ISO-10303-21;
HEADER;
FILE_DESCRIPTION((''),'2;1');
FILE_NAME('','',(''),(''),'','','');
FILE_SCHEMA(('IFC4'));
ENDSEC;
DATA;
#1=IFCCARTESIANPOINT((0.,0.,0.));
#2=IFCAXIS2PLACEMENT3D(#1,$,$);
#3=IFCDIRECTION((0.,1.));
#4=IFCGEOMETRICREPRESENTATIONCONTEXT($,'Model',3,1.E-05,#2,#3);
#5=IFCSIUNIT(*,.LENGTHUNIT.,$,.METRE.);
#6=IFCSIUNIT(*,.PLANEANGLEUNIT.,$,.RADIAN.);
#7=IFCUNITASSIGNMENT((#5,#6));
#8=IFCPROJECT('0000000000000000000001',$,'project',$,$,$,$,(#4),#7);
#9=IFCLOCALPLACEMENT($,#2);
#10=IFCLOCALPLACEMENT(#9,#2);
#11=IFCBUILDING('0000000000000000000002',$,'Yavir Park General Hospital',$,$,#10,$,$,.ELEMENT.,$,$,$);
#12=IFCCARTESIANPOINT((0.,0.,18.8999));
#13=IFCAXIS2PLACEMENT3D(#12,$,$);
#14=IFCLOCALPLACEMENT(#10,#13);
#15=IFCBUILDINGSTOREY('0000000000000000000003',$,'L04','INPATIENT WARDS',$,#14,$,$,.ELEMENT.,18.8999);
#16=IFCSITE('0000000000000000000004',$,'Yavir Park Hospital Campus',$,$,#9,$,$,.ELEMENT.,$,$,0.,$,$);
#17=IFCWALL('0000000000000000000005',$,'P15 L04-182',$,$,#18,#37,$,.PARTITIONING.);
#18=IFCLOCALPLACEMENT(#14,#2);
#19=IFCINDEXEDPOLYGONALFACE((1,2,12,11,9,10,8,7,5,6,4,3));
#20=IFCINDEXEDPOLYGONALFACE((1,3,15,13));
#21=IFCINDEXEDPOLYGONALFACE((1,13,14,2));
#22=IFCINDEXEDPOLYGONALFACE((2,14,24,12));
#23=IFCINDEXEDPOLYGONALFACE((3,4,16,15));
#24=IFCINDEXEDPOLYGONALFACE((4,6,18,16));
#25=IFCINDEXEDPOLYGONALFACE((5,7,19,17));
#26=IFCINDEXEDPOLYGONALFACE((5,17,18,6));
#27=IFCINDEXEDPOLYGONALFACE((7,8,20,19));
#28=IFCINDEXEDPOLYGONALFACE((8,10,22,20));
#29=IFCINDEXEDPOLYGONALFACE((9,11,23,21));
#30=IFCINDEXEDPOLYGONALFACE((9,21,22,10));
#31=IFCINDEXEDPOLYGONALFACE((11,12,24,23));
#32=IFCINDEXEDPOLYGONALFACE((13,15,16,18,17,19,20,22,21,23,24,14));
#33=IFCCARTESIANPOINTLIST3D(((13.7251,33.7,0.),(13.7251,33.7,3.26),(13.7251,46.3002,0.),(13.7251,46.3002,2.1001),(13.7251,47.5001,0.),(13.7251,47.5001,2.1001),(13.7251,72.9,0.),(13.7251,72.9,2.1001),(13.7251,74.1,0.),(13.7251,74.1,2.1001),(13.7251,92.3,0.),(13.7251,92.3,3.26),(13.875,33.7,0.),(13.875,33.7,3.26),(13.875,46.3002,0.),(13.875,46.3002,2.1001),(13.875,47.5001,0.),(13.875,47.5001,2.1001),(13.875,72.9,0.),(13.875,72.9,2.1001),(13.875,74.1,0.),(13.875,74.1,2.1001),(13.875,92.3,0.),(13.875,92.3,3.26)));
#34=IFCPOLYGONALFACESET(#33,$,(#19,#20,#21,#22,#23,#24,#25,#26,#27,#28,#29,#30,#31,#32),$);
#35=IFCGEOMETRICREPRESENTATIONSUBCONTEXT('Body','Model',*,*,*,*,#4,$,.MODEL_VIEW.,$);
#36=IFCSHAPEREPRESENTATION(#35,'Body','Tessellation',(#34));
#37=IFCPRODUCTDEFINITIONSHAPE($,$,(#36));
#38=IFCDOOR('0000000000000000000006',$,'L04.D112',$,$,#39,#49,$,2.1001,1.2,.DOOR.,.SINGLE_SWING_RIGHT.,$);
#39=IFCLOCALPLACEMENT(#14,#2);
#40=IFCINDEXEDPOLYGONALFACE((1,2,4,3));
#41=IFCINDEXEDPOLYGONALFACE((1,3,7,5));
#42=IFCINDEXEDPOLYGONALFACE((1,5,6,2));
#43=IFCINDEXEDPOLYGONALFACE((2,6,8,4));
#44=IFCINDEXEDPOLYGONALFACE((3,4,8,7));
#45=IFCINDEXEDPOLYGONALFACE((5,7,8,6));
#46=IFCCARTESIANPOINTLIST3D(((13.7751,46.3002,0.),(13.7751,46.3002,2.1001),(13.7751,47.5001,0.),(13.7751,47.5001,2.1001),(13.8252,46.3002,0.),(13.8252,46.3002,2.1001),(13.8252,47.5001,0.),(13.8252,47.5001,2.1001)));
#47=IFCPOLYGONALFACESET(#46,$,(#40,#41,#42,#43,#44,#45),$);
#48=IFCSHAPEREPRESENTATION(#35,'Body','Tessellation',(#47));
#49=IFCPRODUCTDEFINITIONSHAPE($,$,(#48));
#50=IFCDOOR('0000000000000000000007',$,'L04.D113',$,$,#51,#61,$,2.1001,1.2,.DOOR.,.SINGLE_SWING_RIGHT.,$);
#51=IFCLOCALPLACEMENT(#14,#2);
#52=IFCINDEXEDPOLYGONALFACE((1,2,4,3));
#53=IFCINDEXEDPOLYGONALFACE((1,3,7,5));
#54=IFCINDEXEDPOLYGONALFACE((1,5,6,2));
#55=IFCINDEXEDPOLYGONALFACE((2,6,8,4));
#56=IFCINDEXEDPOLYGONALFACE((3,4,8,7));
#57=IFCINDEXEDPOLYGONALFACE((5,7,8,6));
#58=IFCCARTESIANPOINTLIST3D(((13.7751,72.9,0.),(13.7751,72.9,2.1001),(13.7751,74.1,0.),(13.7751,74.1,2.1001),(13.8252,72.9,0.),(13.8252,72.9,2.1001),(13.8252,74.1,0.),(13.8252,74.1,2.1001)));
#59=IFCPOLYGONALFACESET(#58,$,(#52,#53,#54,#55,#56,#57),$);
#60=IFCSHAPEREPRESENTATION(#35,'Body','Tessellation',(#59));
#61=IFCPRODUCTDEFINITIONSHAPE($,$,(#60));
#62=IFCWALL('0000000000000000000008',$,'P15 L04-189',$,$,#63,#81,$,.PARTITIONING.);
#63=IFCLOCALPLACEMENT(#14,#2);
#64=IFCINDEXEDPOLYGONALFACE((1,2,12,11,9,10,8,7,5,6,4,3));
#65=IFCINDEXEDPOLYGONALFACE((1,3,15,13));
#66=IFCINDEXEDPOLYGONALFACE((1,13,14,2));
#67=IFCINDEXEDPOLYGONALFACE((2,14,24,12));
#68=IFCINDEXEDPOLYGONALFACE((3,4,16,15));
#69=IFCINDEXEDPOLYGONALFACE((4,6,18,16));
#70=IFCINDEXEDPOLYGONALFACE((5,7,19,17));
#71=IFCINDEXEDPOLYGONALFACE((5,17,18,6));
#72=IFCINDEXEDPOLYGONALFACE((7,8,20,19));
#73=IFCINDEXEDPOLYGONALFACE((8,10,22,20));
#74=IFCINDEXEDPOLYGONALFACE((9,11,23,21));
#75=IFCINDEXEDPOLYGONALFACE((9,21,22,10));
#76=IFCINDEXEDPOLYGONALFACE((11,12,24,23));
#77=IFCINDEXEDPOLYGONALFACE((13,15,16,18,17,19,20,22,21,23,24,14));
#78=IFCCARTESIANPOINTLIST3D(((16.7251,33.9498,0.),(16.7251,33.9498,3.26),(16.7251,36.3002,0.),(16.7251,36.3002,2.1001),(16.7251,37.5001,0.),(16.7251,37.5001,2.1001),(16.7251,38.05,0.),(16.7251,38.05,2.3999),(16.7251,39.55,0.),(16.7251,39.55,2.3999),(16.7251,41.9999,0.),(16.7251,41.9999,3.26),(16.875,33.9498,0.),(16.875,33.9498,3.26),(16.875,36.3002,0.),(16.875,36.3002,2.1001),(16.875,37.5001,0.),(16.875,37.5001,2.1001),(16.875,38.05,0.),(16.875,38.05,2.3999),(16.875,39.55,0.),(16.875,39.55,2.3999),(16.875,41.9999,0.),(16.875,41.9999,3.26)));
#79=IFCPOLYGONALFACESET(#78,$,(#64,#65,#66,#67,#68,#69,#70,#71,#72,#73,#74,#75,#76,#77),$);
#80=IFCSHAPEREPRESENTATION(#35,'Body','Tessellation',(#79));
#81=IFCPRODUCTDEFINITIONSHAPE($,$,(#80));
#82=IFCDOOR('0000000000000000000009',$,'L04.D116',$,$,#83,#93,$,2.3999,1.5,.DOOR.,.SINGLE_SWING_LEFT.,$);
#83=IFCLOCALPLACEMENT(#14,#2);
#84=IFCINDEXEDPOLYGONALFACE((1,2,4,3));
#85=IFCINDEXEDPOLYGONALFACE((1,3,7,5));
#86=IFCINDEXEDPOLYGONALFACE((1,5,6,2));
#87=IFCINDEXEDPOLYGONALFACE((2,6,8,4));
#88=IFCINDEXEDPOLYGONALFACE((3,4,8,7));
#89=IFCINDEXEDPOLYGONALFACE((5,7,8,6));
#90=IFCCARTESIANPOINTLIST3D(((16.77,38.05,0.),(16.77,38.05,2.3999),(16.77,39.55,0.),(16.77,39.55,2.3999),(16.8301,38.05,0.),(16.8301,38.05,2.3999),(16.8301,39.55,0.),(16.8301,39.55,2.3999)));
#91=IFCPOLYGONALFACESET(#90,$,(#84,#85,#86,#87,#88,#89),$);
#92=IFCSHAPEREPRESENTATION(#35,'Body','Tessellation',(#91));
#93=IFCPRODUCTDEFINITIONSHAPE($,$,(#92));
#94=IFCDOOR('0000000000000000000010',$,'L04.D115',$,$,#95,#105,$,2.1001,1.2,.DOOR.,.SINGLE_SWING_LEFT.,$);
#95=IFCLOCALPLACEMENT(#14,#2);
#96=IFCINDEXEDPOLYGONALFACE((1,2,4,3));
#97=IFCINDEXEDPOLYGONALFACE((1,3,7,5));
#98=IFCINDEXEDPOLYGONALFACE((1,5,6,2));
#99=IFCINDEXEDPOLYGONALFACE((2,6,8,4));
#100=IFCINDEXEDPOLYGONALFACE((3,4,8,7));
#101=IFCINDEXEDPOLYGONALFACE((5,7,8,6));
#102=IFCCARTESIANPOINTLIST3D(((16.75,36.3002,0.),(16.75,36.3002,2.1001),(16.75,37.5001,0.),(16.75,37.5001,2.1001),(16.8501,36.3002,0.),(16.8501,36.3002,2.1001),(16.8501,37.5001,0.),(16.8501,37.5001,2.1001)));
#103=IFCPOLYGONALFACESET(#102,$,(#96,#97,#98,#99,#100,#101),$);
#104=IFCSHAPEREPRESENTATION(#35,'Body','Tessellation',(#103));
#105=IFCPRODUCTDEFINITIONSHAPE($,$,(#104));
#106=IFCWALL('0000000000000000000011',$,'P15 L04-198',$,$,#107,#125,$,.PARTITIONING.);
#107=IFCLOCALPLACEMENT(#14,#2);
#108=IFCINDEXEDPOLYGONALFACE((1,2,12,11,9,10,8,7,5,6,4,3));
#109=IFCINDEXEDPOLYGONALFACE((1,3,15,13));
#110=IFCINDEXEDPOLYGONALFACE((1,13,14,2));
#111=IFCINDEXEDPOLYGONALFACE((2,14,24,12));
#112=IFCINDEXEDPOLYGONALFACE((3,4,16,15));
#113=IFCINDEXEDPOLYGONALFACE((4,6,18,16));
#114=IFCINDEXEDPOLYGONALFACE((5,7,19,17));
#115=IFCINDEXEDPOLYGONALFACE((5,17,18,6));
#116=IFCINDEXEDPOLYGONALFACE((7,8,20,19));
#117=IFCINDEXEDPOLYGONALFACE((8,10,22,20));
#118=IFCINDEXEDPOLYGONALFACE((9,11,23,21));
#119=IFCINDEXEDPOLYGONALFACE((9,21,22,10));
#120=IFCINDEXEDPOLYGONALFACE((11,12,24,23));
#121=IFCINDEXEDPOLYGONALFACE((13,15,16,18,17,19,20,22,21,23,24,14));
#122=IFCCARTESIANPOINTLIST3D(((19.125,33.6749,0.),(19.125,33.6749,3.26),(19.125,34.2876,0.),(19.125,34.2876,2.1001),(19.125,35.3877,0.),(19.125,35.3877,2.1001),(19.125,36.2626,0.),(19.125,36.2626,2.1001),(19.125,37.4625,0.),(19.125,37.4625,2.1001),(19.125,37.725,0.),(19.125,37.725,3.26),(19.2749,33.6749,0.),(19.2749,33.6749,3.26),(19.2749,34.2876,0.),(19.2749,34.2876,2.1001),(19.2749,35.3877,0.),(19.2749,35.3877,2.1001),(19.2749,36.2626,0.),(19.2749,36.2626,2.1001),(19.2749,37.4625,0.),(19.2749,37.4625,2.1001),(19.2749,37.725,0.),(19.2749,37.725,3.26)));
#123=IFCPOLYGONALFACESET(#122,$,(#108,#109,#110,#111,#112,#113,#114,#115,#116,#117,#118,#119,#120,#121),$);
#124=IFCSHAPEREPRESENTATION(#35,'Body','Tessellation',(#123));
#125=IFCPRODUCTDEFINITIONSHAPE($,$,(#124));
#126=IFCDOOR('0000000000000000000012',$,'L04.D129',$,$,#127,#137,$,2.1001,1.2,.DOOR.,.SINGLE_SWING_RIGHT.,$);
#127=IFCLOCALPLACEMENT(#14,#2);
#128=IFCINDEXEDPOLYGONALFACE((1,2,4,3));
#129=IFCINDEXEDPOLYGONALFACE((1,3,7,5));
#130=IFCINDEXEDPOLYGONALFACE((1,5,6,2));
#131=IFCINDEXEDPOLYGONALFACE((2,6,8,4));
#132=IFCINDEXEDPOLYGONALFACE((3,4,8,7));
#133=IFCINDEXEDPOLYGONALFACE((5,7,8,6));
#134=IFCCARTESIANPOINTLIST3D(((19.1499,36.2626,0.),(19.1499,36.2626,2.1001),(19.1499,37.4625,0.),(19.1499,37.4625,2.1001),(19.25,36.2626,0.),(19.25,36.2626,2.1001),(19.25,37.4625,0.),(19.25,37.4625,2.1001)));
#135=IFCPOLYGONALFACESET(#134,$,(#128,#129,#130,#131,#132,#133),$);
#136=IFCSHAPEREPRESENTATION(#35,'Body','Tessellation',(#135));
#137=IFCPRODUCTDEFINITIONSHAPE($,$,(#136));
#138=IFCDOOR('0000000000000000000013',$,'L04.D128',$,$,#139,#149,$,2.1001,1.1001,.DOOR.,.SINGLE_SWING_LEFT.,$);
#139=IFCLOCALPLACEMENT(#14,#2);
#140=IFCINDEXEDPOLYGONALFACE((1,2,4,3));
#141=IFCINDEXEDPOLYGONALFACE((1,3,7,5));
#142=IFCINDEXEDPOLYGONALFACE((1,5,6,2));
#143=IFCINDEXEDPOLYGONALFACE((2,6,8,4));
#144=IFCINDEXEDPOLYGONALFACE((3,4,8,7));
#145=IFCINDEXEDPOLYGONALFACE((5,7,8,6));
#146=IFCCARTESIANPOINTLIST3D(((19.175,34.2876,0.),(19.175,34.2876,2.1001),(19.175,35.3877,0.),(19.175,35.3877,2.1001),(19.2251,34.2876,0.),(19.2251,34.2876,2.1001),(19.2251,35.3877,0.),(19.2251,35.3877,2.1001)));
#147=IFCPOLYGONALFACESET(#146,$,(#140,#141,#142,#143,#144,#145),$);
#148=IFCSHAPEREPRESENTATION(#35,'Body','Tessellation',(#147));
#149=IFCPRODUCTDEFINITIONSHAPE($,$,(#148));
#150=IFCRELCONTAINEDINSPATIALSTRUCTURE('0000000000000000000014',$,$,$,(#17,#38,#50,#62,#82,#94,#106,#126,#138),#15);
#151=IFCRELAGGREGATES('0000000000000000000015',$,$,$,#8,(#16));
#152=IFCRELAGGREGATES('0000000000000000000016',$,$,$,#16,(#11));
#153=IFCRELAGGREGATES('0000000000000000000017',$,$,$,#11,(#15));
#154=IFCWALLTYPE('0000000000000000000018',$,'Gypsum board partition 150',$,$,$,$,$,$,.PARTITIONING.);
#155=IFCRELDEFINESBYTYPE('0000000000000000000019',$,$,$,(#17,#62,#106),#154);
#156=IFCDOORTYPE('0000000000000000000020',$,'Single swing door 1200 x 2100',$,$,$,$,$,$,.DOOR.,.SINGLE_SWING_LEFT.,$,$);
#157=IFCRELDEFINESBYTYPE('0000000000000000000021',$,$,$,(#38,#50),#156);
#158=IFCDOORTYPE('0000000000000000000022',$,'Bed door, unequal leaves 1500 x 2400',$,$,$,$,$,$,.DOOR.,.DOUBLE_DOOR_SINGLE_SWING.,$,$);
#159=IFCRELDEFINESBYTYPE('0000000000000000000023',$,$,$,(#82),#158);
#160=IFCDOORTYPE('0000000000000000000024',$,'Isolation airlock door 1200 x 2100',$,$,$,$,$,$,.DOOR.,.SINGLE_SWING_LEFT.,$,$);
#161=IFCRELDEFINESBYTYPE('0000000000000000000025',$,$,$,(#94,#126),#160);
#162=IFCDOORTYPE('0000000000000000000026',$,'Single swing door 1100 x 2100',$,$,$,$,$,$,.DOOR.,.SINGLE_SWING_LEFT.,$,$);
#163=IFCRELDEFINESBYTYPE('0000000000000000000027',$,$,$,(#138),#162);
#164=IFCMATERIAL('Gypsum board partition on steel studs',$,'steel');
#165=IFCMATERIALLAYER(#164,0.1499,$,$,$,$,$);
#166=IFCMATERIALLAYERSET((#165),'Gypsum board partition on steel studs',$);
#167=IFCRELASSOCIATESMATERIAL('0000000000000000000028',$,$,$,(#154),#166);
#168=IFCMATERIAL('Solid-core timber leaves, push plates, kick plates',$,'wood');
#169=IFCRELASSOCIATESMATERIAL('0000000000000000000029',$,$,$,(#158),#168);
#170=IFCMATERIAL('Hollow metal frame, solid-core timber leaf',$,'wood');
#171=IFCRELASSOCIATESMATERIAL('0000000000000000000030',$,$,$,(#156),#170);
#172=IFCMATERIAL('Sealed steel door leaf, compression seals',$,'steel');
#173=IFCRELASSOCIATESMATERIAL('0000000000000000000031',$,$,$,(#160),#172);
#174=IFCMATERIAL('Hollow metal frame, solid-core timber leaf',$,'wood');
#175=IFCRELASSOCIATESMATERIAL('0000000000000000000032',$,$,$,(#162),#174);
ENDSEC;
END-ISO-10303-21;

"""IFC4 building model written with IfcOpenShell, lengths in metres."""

from ifc_helpers import new_model, si_unit, direction, frame, frame_2d, origin, place, context, subcontext, project, spatial, rectangle, extrude, material, layer, layer_set, type_object, element, fill, save


model = new_model("IFC4")

# Units and contexts
model_context = context("Model", 3, precision=1e-05, world=origin(), true_north=direction((0.0, 1.0)))
body_context = subcontext(model_context, "Body", "Model", "MODEL_VIEW")
ifc_project = project(units=[si_unit("LENGTHUNIT", "METRE"), si_unit("PLANEANGLEUNIT", "RADIAN")], contexts=[model_context])

# Site, building, storey
site_placement = place(None, origin())
site = spatial("IfcSite", under=ifc_project, at=site_placement, Name="Yavir Park Hospital Campus", CompositionType="ELEMENT", RefElevation=0.0)
building_placement = place(site_placement, origin())
building = spatial("IfcBuilding", under=site, at=building_placement, Name="Yavir Park General Hospital", CompositionType="ELEMENT")
storey_placement = place(building_placement, frame((0.0, 0.0, 18.8999)))
storey = spatial("IfcBuildingStorey", under=building, at=storey_placement, Name="L04", Description="INPATIENT WARDS", CompositionType="ELEMENT", Elevation=18.8999)

# Shared definitions
ifc_material_1 = material(Name="Gypsum board partition on steel studs", Category="steel")
ifc_layer_1 = layer(ifc_material_1, 0.1499)
ifc_layer_set_1 = layer_set([ifc_layer_1], Name="Gypsum board partition on steel studs")
wall_type_1 = type_object("IfcWallType", Name="Gypsum board partition 150", PredefinedType="PARTITIONING", material=ifc_layer_set_1)

# Walls, openings, doors
ifc_material_2 = material(Name="Solid-core timber leaves, push plates, kick plates", Category="wood")
door_type_1 = type_object("IfcDoorType", Name="Bed door, unequal leaves 1500 x 2400", OperationType="DOUBLE_DOOR_SINGLE_SWING", PredefinedType="DOOR", material=ifc_material_2)
wall_1_placement = place(storey_placement, frame((13.8, 33.7, 0.0), z_axis=(0.0, 0.0, 1.0), x_axis=(0.0, 1.0, 0.0)))
wall_1 = element("IfcWall", 1, at=wall_1_placement, inside=storey, type_object=wall_type_1, Name="P15 L04-182", PredefinedType="PARTITIONING", context=body_context, shape_type="SweptSolid", body=[
    extrude(rectangle(XDim=58.6001, YDim=0.1499, at=frame_2d((29.3, 0.0))), origin(), (0.0, 0.0, 1.0), 3.26),
])
opening_1_placement = place(wall_1_placement, frame((12.6001, 0.0, 0.0)))
opening_1 = element("IfcOpeningElement", 2, at=opening_1_placement, cuts=wall_1, PredefinedType="OPENING", context=body_context, shape_type="SweptSolid", body=[
    extrude(rectangle(XDim=1.2, YDim=2.1001, at=frame_2d((0.6001, 1.05))), frame((0.0, 0.085, 0.0), z_axis=(0.0, -1.0, 0.0), x_axis=(1.0, 0.0, 0.0)), (0.0, 0.0, 1.0), 0.1699),
])
opening_2_placement = place(wall_1_placement, frame((39.2, 0.0, 0.0)))
opening_2 = element("IfcOpeningElement", 3, at=opening_2_placement, cuts=wall_1, PredefinedType="OPENING", context=body_context, shape_type="SweptSolid", body=[
    extrude(rectangle(XDim=1.2, YDim=2.1001, at=frame_2d((0.6001, 1.05))), frame((0.0, 0.085, 0.0), z_axis=(0.0, -1.0, 0.0), x_axis=(1.0, 0.0, 0.0)), (0.0, 0.0, 1.0), 0.1699),
])
ifc_material_3 = material(Name="Hollow metal frame, solid-core timber leaf", Category="wood")
door_type_2 = type_object("IfcDoorType", Name="Single swing door 1200 x 2100", OperationType="SINGLE_SWING_LEFT", PredefinedType="DOOR", material=ifc_material_3)
door_1_placement = place(opening_1_placement, origin())
door_1 = element("IfcDoor", 4, at=door_1_placement, inside=storey, type_object=door_type_2, Name="L04.D112", OperationType="SINGLE_SWING_RIGHT", OverallHeight=2.1001, OverallWidth=1.2, PredefinedType="DOOR", context=body_context, shape_type="SweptSolid", body=[
    extrude(rectangle(XDim=1.2, YDim=2.1001, at=frame_2d((0.6001, 1.05))), frame((0.0, 0.0249, 0.0), z_axis=(0.0, -1.0, 0.0), x_axis=(1.0, 0.0, 0.0)), (0.0, 0.0, 1.0), 0.05),
])
fill(opening_1, door_1)
door_2_placement = place(opening_2_placement, origin())
door_2 = element("IfcDoor", 5, at=door_2_placement, inside=storey, type_object=door_type_2, Name="L04.D113", OperationType="SINGLE_SWING_RIGHT", OverallHeight=2.1001, OverallWidth=1.2, PredefinedType="DOOR", context=body_context, shape_type="SweptSolid", body=[
    extrude(rectangle(XDim=1.2, YDim=2.1001, at=frame_2d((0.6001, 1.05))), frame((0.0, 0.0249, 0.0), z_axis=(0.0, -1.0, 0.0), x_axis=(1.0, 0.0, 0.0)), (0.0, 0.0, 1.0), 0.05),
])
fill(opening_2, door_2)
wall_2_placement = place(storey_placement, frame((16.8, 33.95, 0.0), z_axis=(0.0, 0.0, 1.0), x_axis=(0.0, 1.0, 0.0)))
wall_2 = element("IfcWall", 6, at=wall_2_placement, inside=storey, type_object=wall_type_1, Name="P15 L04-189", PredefinedType="PARTITIONING", context=body_context, shape_type="SweptSolid", body=[
    extrude(rectangle(XDim=8.05, YDim=0.1499, at=frame_2d((4.0249, 0.0))), origin(), (0.0, 0.0, 1.0), 3.26),
])
opening_3_placement = place(wall_2_placement, frame((2.3501, 0.0, 0.0)))
opening_3 = element("IfcOpeningElement", 7, at=opening_3_placement, cuts=wall_2, PredefinedType="OPENING", context=body_context, shape_type="SweptSolid", body=[
    extrude(rectangle(XDim=1.2, YDim=2.1001, at=frame_2d((0.6001, 1.05))), frame((0.0, 0.085, 0.0), z_axis=(0.0, -1.0, 0.0), x_axis=(1.0, 0.0, 0.0)), (0.0, 0.0, 1.0), 0.1699),
])
opening_4_placement = place(wall_2_placement, frame((4.1001, 0.0, 0.0)))
opening_4 = element("IfcOpeningElement", 8, at=opening_4_placement, cuts=wall_2, PredefinedType="OPENING", context=body_context, shape_type="SweptSolid", body=[
    extrude(rectangle(XDim=1.5, YDim=2.3999, at=frame_2d((0.75, 1.2))), frame((0.0, 0.085, 0.0), z_axis=(0.0, -1.0, 0.0), x_axis=(1.0, 0.0, 0.0)), (0.0, 0.0, 1.0), 0.1699),
])
door_3_placement = place(opening_4_placement, origin())
door_3 = element("IfcDoor", 9, at=door_3_placement, inside=storey, type_object=door_type_1, Name="L04.D116", OperationType="SINGLE_SWING_LEFT", OverallHeight=2.3999, OverallWidth=1.5, PredefinedType="DOOR", context=body_context, shape_type="SweptSolid", body=[
    extrude(rectangle(XDim=1.5, YDim=2.3999, at=frame_2d((0.75, 1.2))), frame((0.0, 0.03, 0.0), z_axis=(0.0, -1.0, 0.0), x_axis=(1.0, 0.0, 0.0)), (0.0, 0.0, 1.0), 0.0601),
])
fill(opening_4, door_3)
ifc_material_4 = material(Name="Sealed steel door leaf, compression seals", Category="steel")
door_type_3 = type_object("IfcDoorType", Name="Isolation airlock door 1200 x 2100", OperationType="SINGLE_SWING_LEFT", PredefinedType="DOOR", material=ifc_material_4)
door_4_placement = place(opening_3_placement, origin())
door_4 = element("IfcDoor", 10, at=door_4_placement, inside=storey, type_object=door_type_3, Name="L04.D115", OperationType="SINGLE_SWING_LEFT", OverallHeight=2.1001, OverallWidth=1.2, PredefinedType="DOOR", context=body_context, shape_type="SweptSolid", body=[
    extrude(rectangle(XDim=1.2, YDim=2.1001, at=frame_2d((0.6001, 1.05))), frame((0.0, 0.05, 0.0), z_axis=(0.0, -1.0, 0.0), x_axis=(1.0, 0.0, 0.0)), (0.0, 0.0, 1.0), 0.1001),
])
fill(opening_3, door_4)
wall_3_placement = place(storey_placement, frame((19.2, 33.675, 0.0), z_axis=(0.0, 0.0, 1.0), x_axis=(0.0, 1.0, 0.0)))
wall_3 = element("IfcWall", 11, at=wall_3_placement, inside=storey, type_object=wall_type_1, Name="P15 L04-198", PredefinedType="PARTITIONING", context=body_context, shape_type="SweptSolid", body=[
    extrude(rectangle(XDim=4.05, YDim=0.1499, at=frame_2d((2.0249, 0.0))), origin(), (0.0, 0.0, 1.0), 3.26),
])
opening_5_placement = place(wall_3_placement, frame((0.6125, 0.0, 0.0)))
opening_5 = element("IfcOpeningElement", 12, at=opening_5_placement, cuts=wall_3, PredefinedType="OPENING", context=body_context, shape_type="SweptSolid", body=[
    extrude(rectangle(XDim=1.1001, YDim=2.1001, at=frame_2d((0.55, 1.05))), frame((0.0, 0.085, 0.0), z_axis=(0.0, -1.0, 0.0), x_axis=(1.0, 0.0, 0.0)), (0.0, 0.0, 1.0), 0.1699),
])
opening_6_placement = place(wall_3_placement, frame((2.5874, 0.0, 0.0)))
opening_6 = element("IfcOpeningElement", 13, at=opening_6_placement, cuts=wall_3, PredefinedType="OPENING", context=body_context, shape_type="SweptSolid", body=[
    extrude(rectangle(XDim=1.2, YDim=2.1001, at=frame_2d((0.6001, 1.05))), frame((0.0, 0.085, 0.0), z_axis=(0.0, -1.0, 0.0), x_axis=(1.0, 0.0, 0.0)), (0.0, 0.0, 1.0), 0.1699),
])
door_5_placement = place(opening_6_placement, origin())
door_5 = element("IfcDoor", 14, at=door_5_placement, inside=storey, type_object=door_type_3, Name="L04.D129", OperationType="SINGLE_SWING_RIGHT", OverallHeight=2.1001, OverallWidth=1.2, PredefinedType="DOOR", context=body_context, shape_type="SweptSolid", body=[
    extrude(rectangle(XDim=1.2, YDim=2.1001, at=frame_2d((0.6001, 1.05))), frame((0.0, 0.05, 0.0), z_axis=(0.0, -1.0, 0.0), x_axis=(1.0, 0.0, 0.0)), (0.0, 0.0, 1.0), 0.1001),
])
fill(opening_6, door_5)
ifc_material_5 = material(Name="Hollow metal frame, solid-core timber leaf", Category="wood")
door_type_4 = type_object("IfcDoorType", Name="Single swing door 1100 x 2100", OperationType="SINGLE_SWING_LEFT", PredefinedType="DOOR", material=ifc_material_5)
door_6_placement = place(opening_5_placement, origin())
door_6 = element("IfcDoor", 15, at=door_6_placement, inside=storey, type_object=door_type_4, Name="L04.D128", OperationType="SINGLE_SWING_LEFT", OverallHeight=2.1001, OverallWidth=1.1001, PredefinedType="DOOR", context=body_context, shape_type="SweptSolid", body=[
    extrude(rectangle(XDim=1.1001, YDim=2.1001, at=frame_2d((0.55, 1.05))), frame((0.0, 0.0249, 0.0), z_axis=(0.0, -1.0, 0.0), x_axis=(1.0, 0.0, 0.0)), (0.0, 0.0, 1.0), 0.05),
])
fill(opening_5, door_6)

save(model, "model.ifc")
